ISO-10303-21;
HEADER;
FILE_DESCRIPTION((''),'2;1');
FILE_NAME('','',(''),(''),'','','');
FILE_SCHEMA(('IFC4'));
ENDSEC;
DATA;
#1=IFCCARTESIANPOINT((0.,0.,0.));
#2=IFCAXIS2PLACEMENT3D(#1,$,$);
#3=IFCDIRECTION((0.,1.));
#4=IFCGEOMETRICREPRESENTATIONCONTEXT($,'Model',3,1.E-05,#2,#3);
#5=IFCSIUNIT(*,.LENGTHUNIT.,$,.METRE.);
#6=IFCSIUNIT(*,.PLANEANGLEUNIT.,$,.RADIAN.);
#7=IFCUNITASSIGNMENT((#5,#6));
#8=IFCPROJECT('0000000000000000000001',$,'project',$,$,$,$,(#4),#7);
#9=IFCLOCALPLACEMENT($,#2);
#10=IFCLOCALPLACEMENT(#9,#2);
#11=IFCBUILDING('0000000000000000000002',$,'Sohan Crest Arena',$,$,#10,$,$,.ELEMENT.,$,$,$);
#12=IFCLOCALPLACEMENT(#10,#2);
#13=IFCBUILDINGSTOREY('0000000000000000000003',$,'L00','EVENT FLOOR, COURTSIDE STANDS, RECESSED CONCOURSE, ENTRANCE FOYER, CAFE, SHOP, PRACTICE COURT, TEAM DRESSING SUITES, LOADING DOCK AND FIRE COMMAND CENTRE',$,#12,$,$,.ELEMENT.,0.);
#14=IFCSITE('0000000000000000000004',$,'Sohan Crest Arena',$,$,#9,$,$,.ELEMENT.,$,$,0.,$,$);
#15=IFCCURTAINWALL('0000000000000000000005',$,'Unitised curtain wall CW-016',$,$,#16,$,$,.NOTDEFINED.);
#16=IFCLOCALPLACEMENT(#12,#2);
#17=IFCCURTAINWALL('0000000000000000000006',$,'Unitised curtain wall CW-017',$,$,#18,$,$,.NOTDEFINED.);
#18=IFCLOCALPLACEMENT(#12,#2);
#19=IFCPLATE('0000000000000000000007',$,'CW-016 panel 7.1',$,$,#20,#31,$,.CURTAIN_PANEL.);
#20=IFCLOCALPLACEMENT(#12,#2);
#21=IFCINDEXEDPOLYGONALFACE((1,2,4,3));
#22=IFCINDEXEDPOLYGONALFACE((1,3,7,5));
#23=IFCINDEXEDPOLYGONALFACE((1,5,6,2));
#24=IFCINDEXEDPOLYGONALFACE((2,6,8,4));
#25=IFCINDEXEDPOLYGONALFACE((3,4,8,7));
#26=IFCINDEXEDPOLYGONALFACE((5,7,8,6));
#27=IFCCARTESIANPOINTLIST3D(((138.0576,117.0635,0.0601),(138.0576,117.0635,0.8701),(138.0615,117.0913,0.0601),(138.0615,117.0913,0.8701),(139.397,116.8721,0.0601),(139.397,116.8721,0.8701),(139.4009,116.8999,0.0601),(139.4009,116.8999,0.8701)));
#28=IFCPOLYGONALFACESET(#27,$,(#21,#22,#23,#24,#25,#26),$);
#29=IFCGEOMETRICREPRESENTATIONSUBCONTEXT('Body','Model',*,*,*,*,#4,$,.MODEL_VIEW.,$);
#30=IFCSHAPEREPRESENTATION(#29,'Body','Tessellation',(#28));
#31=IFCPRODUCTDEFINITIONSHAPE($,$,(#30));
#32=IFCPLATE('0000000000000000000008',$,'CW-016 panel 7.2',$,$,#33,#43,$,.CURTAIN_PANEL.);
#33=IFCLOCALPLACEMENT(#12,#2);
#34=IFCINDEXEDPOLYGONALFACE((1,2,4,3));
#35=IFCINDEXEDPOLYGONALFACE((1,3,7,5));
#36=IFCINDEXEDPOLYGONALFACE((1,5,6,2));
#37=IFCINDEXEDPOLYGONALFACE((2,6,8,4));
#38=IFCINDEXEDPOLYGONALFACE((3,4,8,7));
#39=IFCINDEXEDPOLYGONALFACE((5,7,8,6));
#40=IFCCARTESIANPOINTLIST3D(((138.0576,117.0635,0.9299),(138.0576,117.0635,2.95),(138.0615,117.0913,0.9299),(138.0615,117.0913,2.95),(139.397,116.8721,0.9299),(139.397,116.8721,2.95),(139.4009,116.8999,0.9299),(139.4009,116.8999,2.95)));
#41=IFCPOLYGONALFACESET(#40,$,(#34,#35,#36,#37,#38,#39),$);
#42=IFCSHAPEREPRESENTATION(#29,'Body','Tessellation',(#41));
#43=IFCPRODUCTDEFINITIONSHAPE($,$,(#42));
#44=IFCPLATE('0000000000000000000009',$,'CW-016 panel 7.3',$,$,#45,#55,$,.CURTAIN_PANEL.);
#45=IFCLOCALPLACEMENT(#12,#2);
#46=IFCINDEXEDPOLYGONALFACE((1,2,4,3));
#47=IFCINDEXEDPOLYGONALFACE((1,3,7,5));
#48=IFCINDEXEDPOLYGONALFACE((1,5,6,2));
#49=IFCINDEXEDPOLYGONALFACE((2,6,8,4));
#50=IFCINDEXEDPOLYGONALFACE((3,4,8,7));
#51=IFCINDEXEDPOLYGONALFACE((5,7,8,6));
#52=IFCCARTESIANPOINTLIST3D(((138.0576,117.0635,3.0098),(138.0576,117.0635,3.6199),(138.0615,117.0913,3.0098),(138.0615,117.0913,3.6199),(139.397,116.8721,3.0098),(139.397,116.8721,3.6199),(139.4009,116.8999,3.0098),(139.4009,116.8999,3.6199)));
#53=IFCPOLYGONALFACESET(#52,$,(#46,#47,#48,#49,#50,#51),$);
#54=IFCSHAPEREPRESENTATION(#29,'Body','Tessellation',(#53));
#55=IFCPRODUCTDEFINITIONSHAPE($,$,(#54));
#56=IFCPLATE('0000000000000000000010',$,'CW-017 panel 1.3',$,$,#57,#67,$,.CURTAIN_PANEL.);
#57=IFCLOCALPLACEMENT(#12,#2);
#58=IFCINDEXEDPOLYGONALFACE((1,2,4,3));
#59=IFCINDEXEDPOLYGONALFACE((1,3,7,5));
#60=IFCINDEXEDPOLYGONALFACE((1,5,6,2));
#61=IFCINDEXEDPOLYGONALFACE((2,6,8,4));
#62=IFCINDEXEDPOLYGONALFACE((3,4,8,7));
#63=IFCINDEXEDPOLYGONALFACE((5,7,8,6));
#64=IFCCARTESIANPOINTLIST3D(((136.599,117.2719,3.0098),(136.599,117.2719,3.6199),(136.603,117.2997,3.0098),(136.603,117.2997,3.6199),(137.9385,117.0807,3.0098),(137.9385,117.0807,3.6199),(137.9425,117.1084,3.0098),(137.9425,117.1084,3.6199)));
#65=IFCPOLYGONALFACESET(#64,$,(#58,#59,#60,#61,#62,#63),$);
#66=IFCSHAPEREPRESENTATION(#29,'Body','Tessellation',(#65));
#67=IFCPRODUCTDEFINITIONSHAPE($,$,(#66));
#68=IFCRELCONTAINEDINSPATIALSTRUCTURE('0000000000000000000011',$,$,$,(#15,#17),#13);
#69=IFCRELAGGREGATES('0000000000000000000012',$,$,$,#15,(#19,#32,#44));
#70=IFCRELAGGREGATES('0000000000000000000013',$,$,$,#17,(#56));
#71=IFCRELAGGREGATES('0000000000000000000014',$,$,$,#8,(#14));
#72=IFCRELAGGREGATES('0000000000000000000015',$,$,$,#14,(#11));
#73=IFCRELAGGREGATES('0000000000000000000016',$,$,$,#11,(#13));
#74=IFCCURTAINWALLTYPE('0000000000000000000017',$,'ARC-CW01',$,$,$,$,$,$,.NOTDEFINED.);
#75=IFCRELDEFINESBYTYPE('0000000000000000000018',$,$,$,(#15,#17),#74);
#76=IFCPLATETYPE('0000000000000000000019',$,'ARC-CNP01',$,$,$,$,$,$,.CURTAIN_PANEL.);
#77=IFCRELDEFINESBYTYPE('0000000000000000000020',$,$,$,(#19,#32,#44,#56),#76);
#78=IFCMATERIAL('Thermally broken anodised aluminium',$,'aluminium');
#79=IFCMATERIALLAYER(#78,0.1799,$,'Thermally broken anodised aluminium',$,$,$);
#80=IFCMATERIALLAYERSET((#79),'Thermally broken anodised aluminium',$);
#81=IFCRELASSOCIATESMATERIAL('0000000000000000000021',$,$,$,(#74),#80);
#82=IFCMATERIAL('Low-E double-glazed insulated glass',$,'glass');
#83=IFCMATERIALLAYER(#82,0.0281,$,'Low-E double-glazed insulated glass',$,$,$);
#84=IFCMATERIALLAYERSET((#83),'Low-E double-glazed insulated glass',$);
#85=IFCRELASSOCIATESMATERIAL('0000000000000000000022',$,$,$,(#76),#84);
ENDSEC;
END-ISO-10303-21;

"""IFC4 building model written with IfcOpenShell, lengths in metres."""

from ifc_helpers import new_model, si_unit, direction, frame, origin, origin_2d, place, context, subcontext, project, spatial, rectangle, extrude, material, layer, layer_set, type_object, element, aggregate, save


model = new_model("IFC4")

# Units and contexts
model_context = context("Model", 3, precision=1e-05, world=origin(), true_north=direction((0.0, 1.0)))
body_context = subcontext(model_context, "Body", "Model", "MODEL_VIEW")
ifc_project = project(units=[si_unit("LENGTHUNIT", "METRE"), si_unit("PLANEANGLEUNIT", "RADIAN")], contexts=[model_context])

# Site, building, storey
site_placement = place(None, origin())
site = spatial("IfcSite", under=ifc_project, at=site_placement, Name="Sohan Crest Arena", CompositionType="ELEMENT", RefElevation=0.0)
building_placement = place(site_placement, origin())
building = spatial("IfcBuilding", under=site, at=building_placement, Name="Sohan Crest Arena", CompositionType="ELEMENT")
storey_placement = place(building_placement, origin())
storey = spatial("IfcBuildingStorey", under=building, at=storey_placement, Name="L00", Description="EVENT FLOOR, COURTSIDE STANDS, RECESSED CONCOURSE, ENTRANCE FOYER, CAFE, SHOP, PRACTICE COURT, TEAM DRESSING SUITES, LOADING DOCK AND FIRE COMMAND CENTRE", CompositionType="ELEMENT", Elevation=0.0)

# Curtain wall
ifc_material_1 = material(Name="Thermally broken anodised aluminium", Category="aluminium")
ifc_layer_1 = layer(ifc_material_1, 0.1799, Name="Thermally broken anodised aluminium")
ifc_layer_set_1 = layer_set([ifc_layer_1], Name="Thermally broken anodised aluminium")
curtain_wall_type = type_object("IfcCurtainWallType", Name="ARC-CW01", PredefinedType="NOTDEFINED", material=ifc_layer_set_1)
curtain_wall_1_placement = place(storey_placement, origin())
curtain_wall_1 = element("IfcCurtainWall", 1, at=curtain_wall_1_placement, inside=storey, type_object=curtain_wall_type, Name="Unitised curtain wall CW-016", PredefinedType="NOTDEFINED")

# Curtain wall
curtain_wall_2_placement = place(storey_placement, origin())
curtain_wall_2 = element("IfcCurtainWall", 2, at=curtain_wall_2_placement, inside=storey, type_object=curtain_wall_type, Name="Unitised curtain wall CW-017", PredefinedType="NOTDEFINED")

# Plates
ifc_material_2 = material(Name="Low-E double-glazed insulated glass", Category="glass")
ifc_layer_2 = layer(ifc_material_2, 0.0281, Name="Low-E double-glazed insulated glass")
ifc_layer_set_2 = layer_set([ifc_layer_2], Name="Low-E double-glazed insulated glass")
plate_type = type_object("IfcPlateType", Name="ARC-CNP01", PredefinedType="CURTAIN_PANEL", material=ifc_layer_set_2)
plate_1_placement = place(storey_placement, frame((138.7292, 116.9817, 0.0601), z_axis=(0.0, 0.0, 1.0), x_axis=(-0.989944, 0.141463, 0.0)))
plate_1 = element("IfcPlate", 3, at=plate_1_placement, type_object=plate_type, Name="CW-016 panel 7.1", PredefinedType="CURTAIN_PANEL", context=body_context, shape_type="SweptSolid", body=[
    extrude(rectangle(XDim=1.353, YDim=0.0281, at=origin_2d()), origin(), (0.0, 0.0, 1.0), 0.8101),
])
plate_2_placement = place(storey_placement, frame((138.7292, 116.9817, 0.9299), z_axis=(0.0, 0.0, 1.0), x_axis=(-0.989944, 0.141463, 0.0)))
plate_2 = element("IfcPlate", 4, at=plate_2_placement, type_object=plate_type, Name="CW-016 panel 7.2", PredefinedType="CURTAIN_PANEL", context=body_context, shape_type="SweptSolid", body=[
    extrude(rectangle(XDim=1.353, YDim=0.0281, at=origin_2d()), origin(), (0.0, 0.0, 1.0), 2.02),
])
plate_3_placement = place(storey_placement, frame((138.7292, 116.9817, 3.0098), z_axis=(0.0, 0.0, 1.0), x_axis=(-0.989944, 0.141463, 0.0)))
plate_3 = element("IfcPlate", 5, at=plate_3_placement, type_object=plate_type, Name="CW-016 panel 7.3", PredefinedType="CURTAIN_PANEL", context=body_context, shape_type="SweptSolid", body=[
    extrude(rectangle(XDim=1.353, YDim=0.0281, at=origin_2d()), origin(), (0.0, 0.0, 1.0), 0.6101),
])
aggregate(curtain_wall_1, [plate_1, plate_2, plate_3])
plate_4_placement = place(storey_placement, frame((137.2708, 117.1902, 3.0098), z_axis=(0.0, 0.0, 1.0), x_axis=(-0.989957, 0.141366, 0.0)))
plate_4 = element("IfcPlate", 6, at=plate_4_placement, type_object=plate_type, Name="CW-017 panel 1.3", PredefinedType="CURTAIN_PANEL", context=body_context, shape_type="SweptSolid", body=[
    extrude(rectangle(XDim=1.353, YDim=0.0281, at=origin_2d()), origin(), (0.0, 0.0, 1.0), 0.6101),
])
aggregate(curtain_wall_2, [plate_4])

save(model, "model.ifc")
